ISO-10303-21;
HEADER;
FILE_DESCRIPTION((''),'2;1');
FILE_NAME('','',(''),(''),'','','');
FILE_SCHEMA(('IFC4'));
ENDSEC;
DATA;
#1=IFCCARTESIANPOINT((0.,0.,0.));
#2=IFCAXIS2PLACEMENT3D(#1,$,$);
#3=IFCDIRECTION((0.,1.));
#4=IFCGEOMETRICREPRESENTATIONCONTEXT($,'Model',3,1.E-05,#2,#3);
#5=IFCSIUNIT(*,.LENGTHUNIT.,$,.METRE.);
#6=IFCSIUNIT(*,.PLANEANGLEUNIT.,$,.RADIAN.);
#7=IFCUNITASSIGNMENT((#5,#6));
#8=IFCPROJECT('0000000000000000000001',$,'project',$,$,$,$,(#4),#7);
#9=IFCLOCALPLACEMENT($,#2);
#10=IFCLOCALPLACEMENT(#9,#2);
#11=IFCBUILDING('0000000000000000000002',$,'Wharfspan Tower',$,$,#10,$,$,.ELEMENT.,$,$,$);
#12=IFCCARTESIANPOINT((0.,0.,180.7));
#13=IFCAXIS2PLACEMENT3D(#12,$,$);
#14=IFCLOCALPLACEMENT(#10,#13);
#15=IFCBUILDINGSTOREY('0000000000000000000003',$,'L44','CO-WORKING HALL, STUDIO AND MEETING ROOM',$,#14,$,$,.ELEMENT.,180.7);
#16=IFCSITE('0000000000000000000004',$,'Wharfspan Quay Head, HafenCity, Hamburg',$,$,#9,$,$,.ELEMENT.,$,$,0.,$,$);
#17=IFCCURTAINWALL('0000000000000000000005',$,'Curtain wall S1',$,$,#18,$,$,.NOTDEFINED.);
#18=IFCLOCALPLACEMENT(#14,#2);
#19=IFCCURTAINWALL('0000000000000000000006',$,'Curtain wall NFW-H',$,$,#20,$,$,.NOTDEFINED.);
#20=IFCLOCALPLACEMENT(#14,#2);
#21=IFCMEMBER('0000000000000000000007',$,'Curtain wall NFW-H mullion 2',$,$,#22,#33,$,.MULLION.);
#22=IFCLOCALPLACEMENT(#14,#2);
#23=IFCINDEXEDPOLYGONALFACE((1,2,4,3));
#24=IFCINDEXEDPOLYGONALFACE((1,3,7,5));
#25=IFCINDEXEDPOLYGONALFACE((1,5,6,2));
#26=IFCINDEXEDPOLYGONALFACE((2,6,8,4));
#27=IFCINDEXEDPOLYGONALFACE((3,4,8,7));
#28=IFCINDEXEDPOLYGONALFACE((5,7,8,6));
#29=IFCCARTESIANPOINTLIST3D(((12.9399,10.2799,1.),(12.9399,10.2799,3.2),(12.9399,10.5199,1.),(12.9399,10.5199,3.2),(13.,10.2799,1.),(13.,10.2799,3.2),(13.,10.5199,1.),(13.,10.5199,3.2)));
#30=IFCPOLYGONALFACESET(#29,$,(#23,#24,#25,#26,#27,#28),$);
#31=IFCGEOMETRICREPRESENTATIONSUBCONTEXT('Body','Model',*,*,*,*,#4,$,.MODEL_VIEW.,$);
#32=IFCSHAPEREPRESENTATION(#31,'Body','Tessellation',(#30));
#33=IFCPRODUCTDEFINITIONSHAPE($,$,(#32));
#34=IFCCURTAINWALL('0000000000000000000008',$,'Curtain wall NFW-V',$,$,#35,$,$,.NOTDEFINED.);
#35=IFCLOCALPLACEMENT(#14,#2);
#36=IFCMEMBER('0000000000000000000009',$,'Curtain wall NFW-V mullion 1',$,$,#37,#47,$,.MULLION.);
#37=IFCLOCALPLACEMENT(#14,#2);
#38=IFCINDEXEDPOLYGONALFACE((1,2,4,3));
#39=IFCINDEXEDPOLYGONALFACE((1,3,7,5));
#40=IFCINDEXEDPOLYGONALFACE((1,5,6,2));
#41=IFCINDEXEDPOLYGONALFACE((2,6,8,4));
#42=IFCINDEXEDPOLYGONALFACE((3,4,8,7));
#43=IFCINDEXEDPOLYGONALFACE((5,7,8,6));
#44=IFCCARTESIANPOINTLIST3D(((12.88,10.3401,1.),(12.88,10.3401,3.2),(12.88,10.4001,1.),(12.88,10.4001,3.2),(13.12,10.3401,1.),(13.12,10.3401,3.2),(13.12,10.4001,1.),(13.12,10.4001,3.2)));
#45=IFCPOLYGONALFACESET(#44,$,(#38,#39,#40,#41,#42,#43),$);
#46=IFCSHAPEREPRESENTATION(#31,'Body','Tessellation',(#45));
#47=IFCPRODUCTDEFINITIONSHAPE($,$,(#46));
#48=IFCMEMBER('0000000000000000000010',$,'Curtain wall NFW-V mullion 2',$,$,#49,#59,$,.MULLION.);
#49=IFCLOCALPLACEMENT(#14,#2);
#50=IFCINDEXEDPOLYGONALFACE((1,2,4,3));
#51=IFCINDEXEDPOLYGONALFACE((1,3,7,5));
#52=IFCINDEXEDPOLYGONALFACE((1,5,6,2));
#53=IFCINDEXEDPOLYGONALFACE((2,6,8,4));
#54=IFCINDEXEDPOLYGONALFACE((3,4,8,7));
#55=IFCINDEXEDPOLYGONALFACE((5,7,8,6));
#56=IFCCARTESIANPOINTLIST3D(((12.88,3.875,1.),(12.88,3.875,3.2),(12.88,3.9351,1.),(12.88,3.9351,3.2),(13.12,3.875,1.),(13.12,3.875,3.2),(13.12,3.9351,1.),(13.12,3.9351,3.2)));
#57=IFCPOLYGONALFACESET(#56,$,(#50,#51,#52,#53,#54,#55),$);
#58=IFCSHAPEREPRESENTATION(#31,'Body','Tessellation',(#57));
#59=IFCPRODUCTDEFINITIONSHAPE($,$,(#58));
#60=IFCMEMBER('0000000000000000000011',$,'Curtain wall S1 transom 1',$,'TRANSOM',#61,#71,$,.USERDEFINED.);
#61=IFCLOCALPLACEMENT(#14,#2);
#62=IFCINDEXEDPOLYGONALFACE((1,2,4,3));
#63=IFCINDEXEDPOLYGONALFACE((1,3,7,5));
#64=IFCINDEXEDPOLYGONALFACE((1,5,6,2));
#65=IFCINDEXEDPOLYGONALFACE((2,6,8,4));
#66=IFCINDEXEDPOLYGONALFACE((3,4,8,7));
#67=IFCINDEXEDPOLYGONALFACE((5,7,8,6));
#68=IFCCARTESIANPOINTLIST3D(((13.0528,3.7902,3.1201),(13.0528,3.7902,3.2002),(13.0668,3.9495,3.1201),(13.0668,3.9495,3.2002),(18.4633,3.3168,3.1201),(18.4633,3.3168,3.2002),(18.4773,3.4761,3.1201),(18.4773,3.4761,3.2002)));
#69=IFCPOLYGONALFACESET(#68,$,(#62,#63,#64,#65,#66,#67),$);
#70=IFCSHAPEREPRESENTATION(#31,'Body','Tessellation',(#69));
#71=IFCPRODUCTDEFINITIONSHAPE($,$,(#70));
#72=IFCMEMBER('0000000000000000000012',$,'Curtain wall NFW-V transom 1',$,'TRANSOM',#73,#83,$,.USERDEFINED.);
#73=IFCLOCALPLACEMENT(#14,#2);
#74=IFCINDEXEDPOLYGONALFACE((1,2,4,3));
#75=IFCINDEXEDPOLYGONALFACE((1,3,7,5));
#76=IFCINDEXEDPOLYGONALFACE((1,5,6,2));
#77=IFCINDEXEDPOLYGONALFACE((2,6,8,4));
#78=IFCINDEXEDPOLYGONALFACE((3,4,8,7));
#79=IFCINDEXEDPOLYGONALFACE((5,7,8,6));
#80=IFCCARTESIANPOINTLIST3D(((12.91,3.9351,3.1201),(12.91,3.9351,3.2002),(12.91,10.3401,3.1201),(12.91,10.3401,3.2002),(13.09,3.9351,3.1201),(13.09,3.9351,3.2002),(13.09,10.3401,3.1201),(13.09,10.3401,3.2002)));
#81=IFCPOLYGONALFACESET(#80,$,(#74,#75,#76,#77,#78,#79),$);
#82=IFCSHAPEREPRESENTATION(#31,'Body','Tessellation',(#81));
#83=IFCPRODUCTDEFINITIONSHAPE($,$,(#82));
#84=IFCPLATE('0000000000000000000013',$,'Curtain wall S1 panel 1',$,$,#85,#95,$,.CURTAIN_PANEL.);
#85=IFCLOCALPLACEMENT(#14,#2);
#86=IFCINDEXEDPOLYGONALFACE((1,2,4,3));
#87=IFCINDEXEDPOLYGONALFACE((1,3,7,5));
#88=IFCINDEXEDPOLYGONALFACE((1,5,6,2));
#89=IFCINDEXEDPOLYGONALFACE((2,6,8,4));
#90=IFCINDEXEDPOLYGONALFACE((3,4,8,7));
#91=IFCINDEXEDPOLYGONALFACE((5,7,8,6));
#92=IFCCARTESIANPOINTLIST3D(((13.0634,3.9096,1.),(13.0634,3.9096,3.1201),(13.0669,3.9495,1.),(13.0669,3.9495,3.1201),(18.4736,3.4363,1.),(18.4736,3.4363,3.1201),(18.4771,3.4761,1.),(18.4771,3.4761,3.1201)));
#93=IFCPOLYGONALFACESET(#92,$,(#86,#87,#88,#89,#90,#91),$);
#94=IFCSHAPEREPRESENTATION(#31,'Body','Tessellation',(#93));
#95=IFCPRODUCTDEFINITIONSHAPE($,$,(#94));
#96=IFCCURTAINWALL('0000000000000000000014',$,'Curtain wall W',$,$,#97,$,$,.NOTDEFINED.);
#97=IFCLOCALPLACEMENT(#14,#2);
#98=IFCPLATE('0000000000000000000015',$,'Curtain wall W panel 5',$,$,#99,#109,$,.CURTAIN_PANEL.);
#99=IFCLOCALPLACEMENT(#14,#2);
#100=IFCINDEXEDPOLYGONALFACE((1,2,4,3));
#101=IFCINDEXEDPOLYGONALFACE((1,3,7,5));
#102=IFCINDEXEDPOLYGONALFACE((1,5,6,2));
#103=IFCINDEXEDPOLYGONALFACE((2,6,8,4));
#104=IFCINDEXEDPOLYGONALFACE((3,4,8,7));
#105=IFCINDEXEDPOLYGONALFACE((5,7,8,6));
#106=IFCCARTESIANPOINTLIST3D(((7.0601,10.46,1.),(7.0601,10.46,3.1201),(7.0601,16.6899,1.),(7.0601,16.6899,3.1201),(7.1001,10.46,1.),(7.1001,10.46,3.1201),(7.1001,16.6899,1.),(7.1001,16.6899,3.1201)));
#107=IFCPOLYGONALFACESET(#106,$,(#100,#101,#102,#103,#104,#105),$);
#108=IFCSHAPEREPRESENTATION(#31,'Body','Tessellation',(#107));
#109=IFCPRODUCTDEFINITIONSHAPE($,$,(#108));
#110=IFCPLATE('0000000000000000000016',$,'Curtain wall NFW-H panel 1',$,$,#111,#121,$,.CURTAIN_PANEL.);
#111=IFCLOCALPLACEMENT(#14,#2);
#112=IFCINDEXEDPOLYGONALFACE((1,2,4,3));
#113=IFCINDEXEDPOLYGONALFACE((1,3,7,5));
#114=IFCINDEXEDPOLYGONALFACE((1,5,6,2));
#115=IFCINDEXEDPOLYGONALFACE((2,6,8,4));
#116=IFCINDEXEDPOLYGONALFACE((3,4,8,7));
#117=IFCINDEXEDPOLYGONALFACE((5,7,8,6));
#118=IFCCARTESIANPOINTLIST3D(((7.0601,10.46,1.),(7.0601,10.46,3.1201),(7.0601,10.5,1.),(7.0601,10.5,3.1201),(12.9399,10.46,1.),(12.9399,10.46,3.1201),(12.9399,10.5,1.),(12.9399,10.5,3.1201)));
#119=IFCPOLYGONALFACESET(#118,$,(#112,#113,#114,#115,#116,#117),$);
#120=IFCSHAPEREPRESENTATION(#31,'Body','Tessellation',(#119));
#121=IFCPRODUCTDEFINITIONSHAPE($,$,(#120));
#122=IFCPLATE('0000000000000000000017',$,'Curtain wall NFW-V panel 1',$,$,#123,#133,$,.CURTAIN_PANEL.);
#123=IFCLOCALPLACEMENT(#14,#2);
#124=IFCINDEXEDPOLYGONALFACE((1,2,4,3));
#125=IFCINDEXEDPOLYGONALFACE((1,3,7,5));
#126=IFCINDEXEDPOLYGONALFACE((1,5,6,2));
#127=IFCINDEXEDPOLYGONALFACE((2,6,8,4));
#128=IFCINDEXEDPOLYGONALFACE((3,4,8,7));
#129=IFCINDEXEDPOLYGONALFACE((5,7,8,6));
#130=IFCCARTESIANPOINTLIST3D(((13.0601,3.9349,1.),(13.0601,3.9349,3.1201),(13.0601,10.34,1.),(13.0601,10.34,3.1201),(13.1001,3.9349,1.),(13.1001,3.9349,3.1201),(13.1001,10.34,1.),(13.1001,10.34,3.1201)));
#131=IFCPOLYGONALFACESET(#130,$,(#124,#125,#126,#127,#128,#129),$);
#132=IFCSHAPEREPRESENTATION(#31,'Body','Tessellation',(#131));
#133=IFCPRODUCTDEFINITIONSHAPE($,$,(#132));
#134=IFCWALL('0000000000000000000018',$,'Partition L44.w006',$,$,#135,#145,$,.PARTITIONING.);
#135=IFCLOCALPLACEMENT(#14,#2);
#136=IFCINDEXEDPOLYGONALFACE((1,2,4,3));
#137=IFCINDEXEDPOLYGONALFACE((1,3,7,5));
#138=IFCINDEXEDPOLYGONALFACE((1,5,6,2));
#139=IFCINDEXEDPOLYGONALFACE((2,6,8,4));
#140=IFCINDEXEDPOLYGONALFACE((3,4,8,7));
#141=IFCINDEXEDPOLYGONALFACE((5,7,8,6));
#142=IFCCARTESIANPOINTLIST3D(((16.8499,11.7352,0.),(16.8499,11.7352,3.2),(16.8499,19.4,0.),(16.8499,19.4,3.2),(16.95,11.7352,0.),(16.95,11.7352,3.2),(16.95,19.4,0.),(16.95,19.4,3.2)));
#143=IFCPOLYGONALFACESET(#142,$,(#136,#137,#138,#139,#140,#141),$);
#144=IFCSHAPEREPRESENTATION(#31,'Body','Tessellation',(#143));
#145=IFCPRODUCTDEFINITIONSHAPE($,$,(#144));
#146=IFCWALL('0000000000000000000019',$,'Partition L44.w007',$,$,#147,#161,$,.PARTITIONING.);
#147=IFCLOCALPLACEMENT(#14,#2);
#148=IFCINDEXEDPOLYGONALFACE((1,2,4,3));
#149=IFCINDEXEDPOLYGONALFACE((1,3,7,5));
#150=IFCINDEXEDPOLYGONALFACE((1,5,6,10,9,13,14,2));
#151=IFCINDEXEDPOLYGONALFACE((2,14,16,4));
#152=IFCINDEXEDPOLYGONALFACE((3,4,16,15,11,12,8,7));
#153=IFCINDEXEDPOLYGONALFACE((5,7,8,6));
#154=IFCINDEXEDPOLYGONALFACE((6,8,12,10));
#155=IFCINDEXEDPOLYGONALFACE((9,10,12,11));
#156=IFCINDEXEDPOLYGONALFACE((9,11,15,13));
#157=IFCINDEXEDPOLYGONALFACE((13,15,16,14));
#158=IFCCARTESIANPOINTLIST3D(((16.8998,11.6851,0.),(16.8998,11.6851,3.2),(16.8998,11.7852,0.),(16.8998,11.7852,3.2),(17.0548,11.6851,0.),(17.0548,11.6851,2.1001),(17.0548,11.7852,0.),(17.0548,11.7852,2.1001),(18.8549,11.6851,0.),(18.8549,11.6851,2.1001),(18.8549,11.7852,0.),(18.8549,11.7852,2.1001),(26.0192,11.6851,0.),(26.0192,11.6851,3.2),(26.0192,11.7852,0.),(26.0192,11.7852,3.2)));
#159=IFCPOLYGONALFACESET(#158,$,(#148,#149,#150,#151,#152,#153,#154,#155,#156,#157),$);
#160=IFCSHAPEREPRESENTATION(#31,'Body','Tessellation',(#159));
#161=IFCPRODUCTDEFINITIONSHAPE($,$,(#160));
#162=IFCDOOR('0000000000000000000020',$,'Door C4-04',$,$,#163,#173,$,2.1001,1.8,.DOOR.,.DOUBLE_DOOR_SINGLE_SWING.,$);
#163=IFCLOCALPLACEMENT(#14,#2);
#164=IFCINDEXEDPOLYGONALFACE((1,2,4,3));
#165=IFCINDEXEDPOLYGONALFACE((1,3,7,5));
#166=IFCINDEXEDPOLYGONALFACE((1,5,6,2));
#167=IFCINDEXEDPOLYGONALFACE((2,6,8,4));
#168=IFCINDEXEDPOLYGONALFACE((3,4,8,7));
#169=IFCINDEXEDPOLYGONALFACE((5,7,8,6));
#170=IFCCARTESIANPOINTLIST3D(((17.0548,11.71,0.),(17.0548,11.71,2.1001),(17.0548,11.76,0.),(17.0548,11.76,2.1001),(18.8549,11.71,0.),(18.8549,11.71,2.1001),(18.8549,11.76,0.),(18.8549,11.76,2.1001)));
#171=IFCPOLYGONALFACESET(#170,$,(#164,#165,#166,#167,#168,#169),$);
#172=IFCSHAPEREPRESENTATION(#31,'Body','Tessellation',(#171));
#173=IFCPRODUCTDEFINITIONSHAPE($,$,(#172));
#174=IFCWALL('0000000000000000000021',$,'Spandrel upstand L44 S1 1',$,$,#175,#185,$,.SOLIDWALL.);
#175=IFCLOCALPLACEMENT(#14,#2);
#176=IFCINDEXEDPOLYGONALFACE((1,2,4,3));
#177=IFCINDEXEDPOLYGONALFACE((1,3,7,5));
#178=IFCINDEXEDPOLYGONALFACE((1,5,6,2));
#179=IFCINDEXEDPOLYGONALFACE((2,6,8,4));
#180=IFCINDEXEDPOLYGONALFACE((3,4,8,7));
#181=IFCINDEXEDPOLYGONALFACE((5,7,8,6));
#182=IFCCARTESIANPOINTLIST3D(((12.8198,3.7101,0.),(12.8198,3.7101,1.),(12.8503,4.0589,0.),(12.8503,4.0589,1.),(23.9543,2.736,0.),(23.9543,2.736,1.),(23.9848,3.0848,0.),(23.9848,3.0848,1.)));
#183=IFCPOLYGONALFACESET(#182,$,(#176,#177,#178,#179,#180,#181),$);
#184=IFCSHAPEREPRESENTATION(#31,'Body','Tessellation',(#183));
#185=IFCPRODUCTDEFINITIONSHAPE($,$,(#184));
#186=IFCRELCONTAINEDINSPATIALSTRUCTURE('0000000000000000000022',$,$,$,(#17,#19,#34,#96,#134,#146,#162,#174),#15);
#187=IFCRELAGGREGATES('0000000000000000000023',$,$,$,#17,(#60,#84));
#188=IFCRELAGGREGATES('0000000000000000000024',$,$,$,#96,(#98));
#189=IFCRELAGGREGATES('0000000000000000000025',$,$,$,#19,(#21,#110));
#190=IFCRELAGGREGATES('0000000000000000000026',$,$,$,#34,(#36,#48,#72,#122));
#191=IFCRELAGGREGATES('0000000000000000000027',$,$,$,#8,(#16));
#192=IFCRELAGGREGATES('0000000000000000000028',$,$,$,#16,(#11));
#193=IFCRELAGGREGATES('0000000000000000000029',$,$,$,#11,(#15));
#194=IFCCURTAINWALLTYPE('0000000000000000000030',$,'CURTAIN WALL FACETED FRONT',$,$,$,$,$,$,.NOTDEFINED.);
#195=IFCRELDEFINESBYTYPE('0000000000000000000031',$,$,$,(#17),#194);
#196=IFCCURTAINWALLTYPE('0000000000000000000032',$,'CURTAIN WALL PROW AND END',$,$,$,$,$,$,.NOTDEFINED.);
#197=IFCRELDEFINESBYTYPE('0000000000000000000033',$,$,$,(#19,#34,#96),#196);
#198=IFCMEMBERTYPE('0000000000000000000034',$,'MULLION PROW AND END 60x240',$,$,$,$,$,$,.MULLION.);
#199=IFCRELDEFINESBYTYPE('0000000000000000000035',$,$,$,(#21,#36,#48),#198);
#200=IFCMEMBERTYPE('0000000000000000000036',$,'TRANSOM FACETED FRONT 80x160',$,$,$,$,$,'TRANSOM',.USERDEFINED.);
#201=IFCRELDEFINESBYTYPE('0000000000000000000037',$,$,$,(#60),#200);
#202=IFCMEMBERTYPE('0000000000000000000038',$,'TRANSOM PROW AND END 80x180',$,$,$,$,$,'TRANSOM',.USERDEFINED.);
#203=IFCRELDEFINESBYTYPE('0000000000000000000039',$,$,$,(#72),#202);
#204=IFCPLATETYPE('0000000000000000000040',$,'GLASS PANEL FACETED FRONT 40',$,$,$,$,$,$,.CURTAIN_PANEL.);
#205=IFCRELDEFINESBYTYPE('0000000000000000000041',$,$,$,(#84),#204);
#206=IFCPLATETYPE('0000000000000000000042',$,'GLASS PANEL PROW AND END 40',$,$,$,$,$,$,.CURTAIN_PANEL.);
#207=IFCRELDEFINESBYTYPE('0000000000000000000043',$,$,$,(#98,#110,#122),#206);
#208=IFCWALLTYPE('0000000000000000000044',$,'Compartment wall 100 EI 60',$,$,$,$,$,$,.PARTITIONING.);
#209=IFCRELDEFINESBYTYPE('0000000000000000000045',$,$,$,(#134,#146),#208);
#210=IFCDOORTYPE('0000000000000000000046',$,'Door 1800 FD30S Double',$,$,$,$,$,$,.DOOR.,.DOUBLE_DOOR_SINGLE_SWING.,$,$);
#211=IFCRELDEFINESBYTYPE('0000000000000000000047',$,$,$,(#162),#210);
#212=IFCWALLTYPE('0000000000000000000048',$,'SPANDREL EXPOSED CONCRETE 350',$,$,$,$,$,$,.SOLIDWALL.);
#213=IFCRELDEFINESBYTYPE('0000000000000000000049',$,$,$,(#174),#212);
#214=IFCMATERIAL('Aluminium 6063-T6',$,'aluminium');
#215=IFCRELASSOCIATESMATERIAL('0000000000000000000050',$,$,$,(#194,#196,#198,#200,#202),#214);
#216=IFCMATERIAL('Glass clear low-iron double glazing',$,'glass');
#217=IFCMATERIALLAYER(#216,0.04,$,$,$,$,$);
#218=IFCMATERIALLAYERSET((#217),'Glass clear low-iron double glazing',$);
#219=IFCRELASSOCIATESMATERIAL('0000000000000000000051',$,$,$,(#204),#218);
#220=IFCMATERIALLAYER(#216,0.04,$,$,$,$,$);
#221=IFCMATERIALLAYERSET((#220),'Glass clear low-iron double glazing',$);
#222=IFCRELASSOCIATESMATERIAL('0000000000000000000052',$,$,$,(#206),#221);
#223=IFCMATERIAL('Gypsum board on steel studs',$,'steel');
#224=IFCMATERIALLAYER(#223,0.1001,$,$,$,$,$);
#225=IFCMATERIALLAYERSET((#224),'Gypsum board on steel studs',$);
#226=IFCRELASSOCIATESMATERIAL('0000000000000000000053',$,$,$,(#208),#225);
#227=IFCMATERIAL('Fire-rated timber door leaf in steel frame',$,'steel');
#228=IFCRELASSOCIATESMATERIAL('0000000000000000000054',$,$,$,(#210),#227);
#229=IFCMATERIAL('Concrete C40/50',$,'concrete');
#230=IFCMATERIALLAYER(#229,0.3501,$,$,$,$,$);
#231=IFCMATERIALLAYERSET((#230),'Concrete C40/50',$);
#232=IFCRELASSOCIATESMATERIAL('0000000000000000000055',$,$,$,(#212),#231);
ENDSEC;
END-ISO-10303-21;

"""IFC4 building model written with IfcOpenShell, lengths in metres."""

from ifc_helpers import new_model, si_unit, direction, frame, frame_2d, origin, origin_2d, place, context, subcontext, project, spatial, rectangle, extrude, material, layer, layer_set, material_profile, profile_set, type_object, element, fill, aggregate, save


model = new_model("IFC4")

# Units and contexts
model_context = context("Model", 3, precision=1e-05, world=origin(), true_north=direction((0.0, 1.0)))
body_context = subcontext(model_context, "Body", "Model", "MODEL_VIEW")
ifc_project = project(units=[si_unit("LENGTHUNIT", "METRE"), si_unit("PLANEANGLEUNIT", "RADIAN")], contexts=[model_context])

# Site, building, storey
site_placement = place(None, origin())
site = spatial("IfcSite", under=ifc_project, at=site_placement, Name="Wharfspan Quay Head, HafenCity, Hamburg", CompositionType="ELEMENT", RefElevation=0.0)
building_placement = place(site_placement, origin())
building = spatial("IfcBuilding", under=site, at=building_placement, Name="Wharfspan Tower", CompositionType="ELEMENT")
storey_placement = place(building_placement, frame((0.0, 0.0, 180.7)))
storey = spatial("IfcBuildingStorey", under=building, at=storey_placement, Name="L44", Description="CO-WORKING HALL, STUDIO AND MEETING ROOM", CompositionType="ELEMENT", Elevation=180.7)

# Curtain wall
ifc_material_1 = material(Name="Aluminium 6063-T6", Category="aluminium")
curtain_wall_type_1 = type_object("IfcCurtainWallType", Name="CURTAIN WALL FACETED FRONT", PredefinedType="NOTDEFINED", material=ifc_material_1)
curtain_wall_1_placement = place(storey_placement, origin())
curtain_wall_1 = element("IfcCurtainWall", 1, at=curtain_wall_1_placement, inside=storey, type_object=curtain_wall_type_1, Name="Curtain wall S1", PredefinedType="NOTDEFINED")

# Curtain wall, member
curtain_wall_type_2 = type_object("IfcCurtainWallType", Name="CURTAIN WALL PROW AND END", PredefinedType="NOTDEFINED", material=ifc_material_1)
curtain_wall_2_placement = place(storey_placement, origin())
curtain_wall_2 = element("IfcCurtainWall", 2, at=curtain_wall_2_placement, inside=storey, type_object=curtain_wall_type_2, Name="Curtain wall NFW-H", PredefinedType="NOTDEFINED")
ifc_material_profile_1 = material_profile(ifc_material_1, rectangle(XDim=0.24, YDim=0.0601, at=origin_2d()))
ifc_profile_set_1 = profile_set([ifc_material_profile_1], Name="Aluminium 6063-T6")
member_type_1 = type_object("IfcMemberType", Name="MULLION PROW AND END 60x240", PredefinedType="MULLION", material=ifc_profile_set_1)
member_1_placement = place(storey_placement, frame((12.97, 10.3999, 1.0), z_axis=(0.0, 0.0, 1.0), x_axis=(0.0, 1.0, 0.0)))
member_1 = element("IfcMember", 3, at=member_1_placement, type_object=member_type_1, Name="Curtain wall NFW-H mullion 2", PredefinedType="MULLION", context=body_context, shape_type="SweptSolid", body=[
    extrude(rectangle(XDim=0.24, YDim=0.0601, at=origin_2d()), origin(), (0.0, 0.0, 1.0), 2.2),
])

# Curtain wall, members
curtain_wall_3_placement = place(storey_placement, origin())
curtain_wall_3 = element("IfcCurtainWall", 4, at=curtain_wall_3_placement, inside=storey, type_object=curtain_wall_type_2, Name="Curtain wall NFW-V", PredefinedType="NOTDEFINED")
member_2_placement = place(storey_placement, frame((13.0, 10.3701, 1.0), z_axis=(0.0, 0.0, 1.0), x_axis=(1.0, 0.0, 0.0)))
member_2 = element("IfcMember", 5, at=member_2_placement, type_object=member_type_1, Name="Curtain wall NFW-V mullion 1", PredefinedType="MULLION", context=body_context, shape_type="SweptSolid", body=[
    extrude(rectangle(XDim=0.24, YDim=0.0601, at=origin_2d()), origin(), (0.0, 0.0, 1.0), 2.2),
])
member_3_placement = place(storey_placement, frame((13.0, 3.905, 1.0), z_axis=(0.0, 0.0, 1.0), x_axis=(1.0, 0.0, 0.0)))
member_3 = element("IfcMember", 6, at=member_3_placement, type_object=member_type_1, Name="Curtain wall NFW-V mullion 2", PredefinedType="MULLION", context=body_context, shape_type="SweptSolid", body=[
    extrude(rectangle(XDim=0.24, YDim=0.0601, at=origin_2d()), origin(), (0.0, 0.0, 1.0), 2.2),
])

# Members
ifc_material_profile_2 = material_profile(ifc_material_1, rectangle(XDim=0.1599, YDim=0.0801, at=origin_2d()))
ifc_profile_set_2 = profile_set([ifc_material_profile_2], Name="Aluminium 6063-T6")
member_type_2 = type_object("IfcMemberType", Name="TRANSOM FACETED FRONT 80x160", ElementType="TRANSOM", PredefinedType="USERDEFINED", material=ifc_profile_set_2)
member_4_placement = place(storey_placement, frame((13.0598, 3.8699, 3.1602), z_axis=(0.996194, -0.087163, 0.0), x_axis=(0.087163, 0.996194, 0.0)))
member_4 = element("IfcMember", 7, at=member_4_placement, type_object=member_type_2, Name="Curtain wall S1 transom 1", ObjectType="TRANSOM", PredefinedType="USERDEFINED", context=body_context, shape_type="SweptSolid", body=[
    extrude(rectangle(XDim=0.1599, YDim=0.0801, at=origin_2d()), origin(), (0.0, 0.0, 1.0), 5.4312),
])
ifc_material_profile_3 = material_profile(ifc_material_1, rectangle(XDim=0.1799, YDim=0.0801, at=origin_2d()))
ifc_profile_set_3 = profile_set([ifc_material_profile_3], Name="Aluminium 6063-T6")
member_type_3 = type_object("IfcMemberType", Name="TRANSOM PROW AND END 80x180", ElementType="TRANSOM", PredefinedType="USERDEFINED", material=ifc_profile_set_3)
member_5_placement = place(storey_placement, frame((13.0, 10.3401, 3.1602), z_axis=(0.0, -1.0, 0.0), x_axis=(1.0, 0.0, 0.0)))
member_5 = element("IfcMember", 8, at=member_5_placement, type_object=member_type_3, Name="Curtain wall NFW-V transom 1", ObjectType="TRANSOM", PredefinedType="USERDEFINED", context=body_context, shape_type="SweptSolid", body=[
    extrude(rectangle(XDim=0.1799, YDim=0.0801, at=origin_2d()), origin(), (0.0, 0.0, 1.0), 6.405),
])

# Plate
ifc_material_2 = material(Name="Glass clear low-iron double glazing", Category="glass")
ifc_layer_1 = layer(ifc_material_2, 0.04)
ifc_layer_set_1 = layer_set([ifc_layer_1], Name="Glass clear low-iron double glazing")
plate_type_1 = type_object("IfcPlateType", Name="GLASS PANEL FACETED FRONT 40", PredefinedType="CURTAIN_PANEL", material=ifc_layer_set_1)
plate_1_placement = place(storey_placement, frame((15.7703, 3.6929, 1.0), z_axis=(0.0, 0.0, 1.0), x_axis=(0.996198, -0.087156, 0.0)))
plate_1 = element("IfcPlate", 9, at=plate_1_placement, type_object=plate_type_1, Name="Curtain wall S1 panel 1", PredefinedType="CURTAIN_PANEL", context=body_context, shape_type="SweptSolid", body=[
    extrude(rectangle(XDim=5.4309, YDim=0.04, at=origin_2d()), origin(), (0.0, 0.0, 1.0), 2.1201),
])
aggregate(curtain_wall_1, [member_4, plate_1])

# Curtain wall, plate
curtain_wall_4_placement = place(storey_placement, origin())
curtain_wall_4 = element("IfcCurtainWall", 10, at=curtain_wall_4_placement, inside=storey, type_object=curtain_wall_type_2, Name="Curtain wall W", PredefinedType="NOTDEFINED")
ifc_layer_2 = layer(ifc_material_2, 0.04)
ifc_layer_set_2 = layer_set([ifc_layer_2], Name="Glass clear low-iron double glazing")
plate_type_2 = type_object("IfcPlateType", Name="GLASS PANEL PROW AND END 40", PredefinedType="CURTAIN_PANEL", material=ifc_layer_set_2)
plate_2_placement = place(storey_placement, frame((7.0801, 13.575, 1.0), z_axis=(0.0, 0.0, 1.0), x_axis=(0.0, -1.0, 0.0)))
plate_2 = element("IfcPlate", 11, at=plate_2_placement, type_object=plate_type_2, Name="Curtain wall W panel 5", PredefinedType="CURTAIN_PANEL", context=body_context, shape_type="SweptSolid", body=[
    extrude(rectangle(XDim=6.23, YDim=0.04, at=origin_2d()), origin(), (0.0, 0.0, 1.0), 2.1201),
])
aggregate(curtain_wall_4, [plate_2])

# Plates
plate_3_placement = place(storey_placement, frame((10.0, 10.48, 1.0), z_axis=(0.0, 0.0, 1.0), x_axis=(1.0, 0.0, 0.0)))
plate_3 = element("IfcPlate", 12, at=plate_3_placement, type_object=plate_type_2, Name="Curtain wall NFW-H panel 1", PredefinedType="CURTAIN_PANEL", context=body_context, shape_type="SweptSolid", body=[
    extrude(rectangle(XDim=5.8799, YDim=0.04, at=origin_2d()), origin(), (0.0, 0.0, 1.0), 2.1201),
])
aggregate(curtain_wall_2, [member_1, plate_3])
plate_4_placement = place(storey_placement, frame((13.0801, 7.1375, 1.0), z_axis=(0.0, 0.0, 1.0), x_axis=(0.0, -1.0, 0.0)))
plate_4 = element("IfcPlate", 13, at=plate_4_placement, type_object=plate_type_2, Name="Curtain wall NFW-V panel 1", PredefinedType="CURTAIN_PANEL", context=body_context, shape_type="SweptSolid", body=[
    extrude(rectangle(XDim=6.405, YDim=0.04, at=origin_2d()), origin(), (0.0, 0.0, 1.0), 2.1201),
])
aggregate(curtain_wall_3, [member_2, member_3, member_5, plate_4])

# Wall
ifc_material_3 = material(Name="Gypsum board on steel studs", Category="steel")
ifc_layer_3 = layer(ifc_material_3, 0.1001)
ifc_layer_set_3 = layer_set([ifc_layer_3], Name="Gypsum board on steel studs")
wall_type_1 = type_object("IfcWallType", Name="Compartment wall 100 EI 60", PredefinedType="PARTITIONING", material=ifc_layer_set_3)
wall_1_placement = place(storey_placement, frame((16.8999, 11.7351, 0.0), z_axis=(0.0, 0.0, 1.0), x_axis=(0.0, 1.0, 0.0)))
element("IfcWall", 14, at=wall_1_placement, inside=storey, type_object=wall_type_1, Name="Partition L44.w006", PredefinedType="PARTITIONING", context=body_context, shape_type="SweptSolid", body=[
    extrude(rectangle(XDim=7.6648, YDim=0.1001, at=frame_2d((3.8325, 0.0))), origin(), (0.0, 0.0, 1.0), 3.2),
])

# Wall, opening, door
wall_2_placement = place(storey_placement, frame((16.8999, 11.7351, 0.0), z_axis=(0.0, 0.0, 1.0), x_axis=(1.0, 0.0, 0.0)))
wall_2 = element("IfcWall", 15, at=wall_2_placement, inside=storey, type_object=wall_type_1, Name="Partition L44.w007", PredefinedType="PARTITIONING", context=body_context, shape_type="SweptSolid", body=[
    extrude(rectangle(XDim=9.1194, YDim=0.1001, at=frame_2d((4.5596, 0.0))), origin(), (0.0, 0.0, 1.0), 3.2),
])
opening_placement = place(wall_2_placement, frame((0.155, 0.0, 0.0)))
opening = element("IfcOpeningElement", 16, at=opening_placement, cuts=wall_2, PredefinedType="OPENING", context=body_context, shape_type="SweptSolid", body=[
    extrude(rectangle(XDim=1.8, YDim=2.1001, at=frame_2d((0.8999, 1.05))), frame((0.0, 0.0601, 0.0), z_axis=(0.0, -1.0, 0.0), x_axis=(1.0, 0.0, 0.0)), (0.0, 0.0, 1.0), 0.1201),
])
ifc_material_4 = material(Name="Fire-rated timber door leaf in steel frame", Category="steel")
door_type = type_object("IfcDoorType", Name="Door 1800 FD30S Double", OperationType="DOUBLE_DOOR_SINGLE_SWING", PredefinedType="DOOR", material=ifc_material_4)
door_placement = place(opening_placement, origin())
door = element("IfcDoor", 17, at=door_placement, inside=storey, type_object=door_type, Name="Door C4-04", OperationType="DOUBLE_DOOR_SINGLE_SWING", OverallHeight=2.1001, OverallWidth=1.8, PredefinedType="DOOR", context=body_context, shape_type="SweptSolid", body=[
    extrude(rectangle(XDim=1.8, YDim=2.1001, at=frame_2d((0.8999, 1.05))), frame((0.0, 0.0249, 0.0), z_axis=(0.0, -1.0, 0.0), x_axis=(1.0, 0.0, 0.0)), (0.0, 0.0, 1.0), 0.05),
])
fill(opening, door)

# Wall
ifc_material_5 = material(Name="Concrete C40/50", Category="concrete")
ifc_layer_4 = layer(ifc_material_5, 0.3501)
ifc_layer_set_4 = layer_set([ifc_layer_4], Name="Concrete C40/50")
wall_type_2 = type_object("IfcWallType", Name="SPANDREL EXPOSED CONCRETE 350", PredefinedType="SOLIDWALL", material=ifc_layer_set_4)
wall_3_placement = place(storey_placement, frame((12.8352, 3.8845, 0.0), z_axis=(0.0, 0.0, 1.0), x_axis=(0.996199, -0.087154, 0.0)))
element("IfcWall", 18, at=wall_3_placement, inside=storey, type_object=wall_type_2, Name="Spandrel upstand L44 S1 1", PredefinedType="SOLIDWALL", context=body_context, shape_type="SweptSolid", body=[
    extrude(rectangle(XDim=11.177, YDim=0.3501, at=frame_2d((5.5884, 0.0))), origin(), (0.0, 0.0, 1.0), 1.0),
])

save(model, "model.ifc")
